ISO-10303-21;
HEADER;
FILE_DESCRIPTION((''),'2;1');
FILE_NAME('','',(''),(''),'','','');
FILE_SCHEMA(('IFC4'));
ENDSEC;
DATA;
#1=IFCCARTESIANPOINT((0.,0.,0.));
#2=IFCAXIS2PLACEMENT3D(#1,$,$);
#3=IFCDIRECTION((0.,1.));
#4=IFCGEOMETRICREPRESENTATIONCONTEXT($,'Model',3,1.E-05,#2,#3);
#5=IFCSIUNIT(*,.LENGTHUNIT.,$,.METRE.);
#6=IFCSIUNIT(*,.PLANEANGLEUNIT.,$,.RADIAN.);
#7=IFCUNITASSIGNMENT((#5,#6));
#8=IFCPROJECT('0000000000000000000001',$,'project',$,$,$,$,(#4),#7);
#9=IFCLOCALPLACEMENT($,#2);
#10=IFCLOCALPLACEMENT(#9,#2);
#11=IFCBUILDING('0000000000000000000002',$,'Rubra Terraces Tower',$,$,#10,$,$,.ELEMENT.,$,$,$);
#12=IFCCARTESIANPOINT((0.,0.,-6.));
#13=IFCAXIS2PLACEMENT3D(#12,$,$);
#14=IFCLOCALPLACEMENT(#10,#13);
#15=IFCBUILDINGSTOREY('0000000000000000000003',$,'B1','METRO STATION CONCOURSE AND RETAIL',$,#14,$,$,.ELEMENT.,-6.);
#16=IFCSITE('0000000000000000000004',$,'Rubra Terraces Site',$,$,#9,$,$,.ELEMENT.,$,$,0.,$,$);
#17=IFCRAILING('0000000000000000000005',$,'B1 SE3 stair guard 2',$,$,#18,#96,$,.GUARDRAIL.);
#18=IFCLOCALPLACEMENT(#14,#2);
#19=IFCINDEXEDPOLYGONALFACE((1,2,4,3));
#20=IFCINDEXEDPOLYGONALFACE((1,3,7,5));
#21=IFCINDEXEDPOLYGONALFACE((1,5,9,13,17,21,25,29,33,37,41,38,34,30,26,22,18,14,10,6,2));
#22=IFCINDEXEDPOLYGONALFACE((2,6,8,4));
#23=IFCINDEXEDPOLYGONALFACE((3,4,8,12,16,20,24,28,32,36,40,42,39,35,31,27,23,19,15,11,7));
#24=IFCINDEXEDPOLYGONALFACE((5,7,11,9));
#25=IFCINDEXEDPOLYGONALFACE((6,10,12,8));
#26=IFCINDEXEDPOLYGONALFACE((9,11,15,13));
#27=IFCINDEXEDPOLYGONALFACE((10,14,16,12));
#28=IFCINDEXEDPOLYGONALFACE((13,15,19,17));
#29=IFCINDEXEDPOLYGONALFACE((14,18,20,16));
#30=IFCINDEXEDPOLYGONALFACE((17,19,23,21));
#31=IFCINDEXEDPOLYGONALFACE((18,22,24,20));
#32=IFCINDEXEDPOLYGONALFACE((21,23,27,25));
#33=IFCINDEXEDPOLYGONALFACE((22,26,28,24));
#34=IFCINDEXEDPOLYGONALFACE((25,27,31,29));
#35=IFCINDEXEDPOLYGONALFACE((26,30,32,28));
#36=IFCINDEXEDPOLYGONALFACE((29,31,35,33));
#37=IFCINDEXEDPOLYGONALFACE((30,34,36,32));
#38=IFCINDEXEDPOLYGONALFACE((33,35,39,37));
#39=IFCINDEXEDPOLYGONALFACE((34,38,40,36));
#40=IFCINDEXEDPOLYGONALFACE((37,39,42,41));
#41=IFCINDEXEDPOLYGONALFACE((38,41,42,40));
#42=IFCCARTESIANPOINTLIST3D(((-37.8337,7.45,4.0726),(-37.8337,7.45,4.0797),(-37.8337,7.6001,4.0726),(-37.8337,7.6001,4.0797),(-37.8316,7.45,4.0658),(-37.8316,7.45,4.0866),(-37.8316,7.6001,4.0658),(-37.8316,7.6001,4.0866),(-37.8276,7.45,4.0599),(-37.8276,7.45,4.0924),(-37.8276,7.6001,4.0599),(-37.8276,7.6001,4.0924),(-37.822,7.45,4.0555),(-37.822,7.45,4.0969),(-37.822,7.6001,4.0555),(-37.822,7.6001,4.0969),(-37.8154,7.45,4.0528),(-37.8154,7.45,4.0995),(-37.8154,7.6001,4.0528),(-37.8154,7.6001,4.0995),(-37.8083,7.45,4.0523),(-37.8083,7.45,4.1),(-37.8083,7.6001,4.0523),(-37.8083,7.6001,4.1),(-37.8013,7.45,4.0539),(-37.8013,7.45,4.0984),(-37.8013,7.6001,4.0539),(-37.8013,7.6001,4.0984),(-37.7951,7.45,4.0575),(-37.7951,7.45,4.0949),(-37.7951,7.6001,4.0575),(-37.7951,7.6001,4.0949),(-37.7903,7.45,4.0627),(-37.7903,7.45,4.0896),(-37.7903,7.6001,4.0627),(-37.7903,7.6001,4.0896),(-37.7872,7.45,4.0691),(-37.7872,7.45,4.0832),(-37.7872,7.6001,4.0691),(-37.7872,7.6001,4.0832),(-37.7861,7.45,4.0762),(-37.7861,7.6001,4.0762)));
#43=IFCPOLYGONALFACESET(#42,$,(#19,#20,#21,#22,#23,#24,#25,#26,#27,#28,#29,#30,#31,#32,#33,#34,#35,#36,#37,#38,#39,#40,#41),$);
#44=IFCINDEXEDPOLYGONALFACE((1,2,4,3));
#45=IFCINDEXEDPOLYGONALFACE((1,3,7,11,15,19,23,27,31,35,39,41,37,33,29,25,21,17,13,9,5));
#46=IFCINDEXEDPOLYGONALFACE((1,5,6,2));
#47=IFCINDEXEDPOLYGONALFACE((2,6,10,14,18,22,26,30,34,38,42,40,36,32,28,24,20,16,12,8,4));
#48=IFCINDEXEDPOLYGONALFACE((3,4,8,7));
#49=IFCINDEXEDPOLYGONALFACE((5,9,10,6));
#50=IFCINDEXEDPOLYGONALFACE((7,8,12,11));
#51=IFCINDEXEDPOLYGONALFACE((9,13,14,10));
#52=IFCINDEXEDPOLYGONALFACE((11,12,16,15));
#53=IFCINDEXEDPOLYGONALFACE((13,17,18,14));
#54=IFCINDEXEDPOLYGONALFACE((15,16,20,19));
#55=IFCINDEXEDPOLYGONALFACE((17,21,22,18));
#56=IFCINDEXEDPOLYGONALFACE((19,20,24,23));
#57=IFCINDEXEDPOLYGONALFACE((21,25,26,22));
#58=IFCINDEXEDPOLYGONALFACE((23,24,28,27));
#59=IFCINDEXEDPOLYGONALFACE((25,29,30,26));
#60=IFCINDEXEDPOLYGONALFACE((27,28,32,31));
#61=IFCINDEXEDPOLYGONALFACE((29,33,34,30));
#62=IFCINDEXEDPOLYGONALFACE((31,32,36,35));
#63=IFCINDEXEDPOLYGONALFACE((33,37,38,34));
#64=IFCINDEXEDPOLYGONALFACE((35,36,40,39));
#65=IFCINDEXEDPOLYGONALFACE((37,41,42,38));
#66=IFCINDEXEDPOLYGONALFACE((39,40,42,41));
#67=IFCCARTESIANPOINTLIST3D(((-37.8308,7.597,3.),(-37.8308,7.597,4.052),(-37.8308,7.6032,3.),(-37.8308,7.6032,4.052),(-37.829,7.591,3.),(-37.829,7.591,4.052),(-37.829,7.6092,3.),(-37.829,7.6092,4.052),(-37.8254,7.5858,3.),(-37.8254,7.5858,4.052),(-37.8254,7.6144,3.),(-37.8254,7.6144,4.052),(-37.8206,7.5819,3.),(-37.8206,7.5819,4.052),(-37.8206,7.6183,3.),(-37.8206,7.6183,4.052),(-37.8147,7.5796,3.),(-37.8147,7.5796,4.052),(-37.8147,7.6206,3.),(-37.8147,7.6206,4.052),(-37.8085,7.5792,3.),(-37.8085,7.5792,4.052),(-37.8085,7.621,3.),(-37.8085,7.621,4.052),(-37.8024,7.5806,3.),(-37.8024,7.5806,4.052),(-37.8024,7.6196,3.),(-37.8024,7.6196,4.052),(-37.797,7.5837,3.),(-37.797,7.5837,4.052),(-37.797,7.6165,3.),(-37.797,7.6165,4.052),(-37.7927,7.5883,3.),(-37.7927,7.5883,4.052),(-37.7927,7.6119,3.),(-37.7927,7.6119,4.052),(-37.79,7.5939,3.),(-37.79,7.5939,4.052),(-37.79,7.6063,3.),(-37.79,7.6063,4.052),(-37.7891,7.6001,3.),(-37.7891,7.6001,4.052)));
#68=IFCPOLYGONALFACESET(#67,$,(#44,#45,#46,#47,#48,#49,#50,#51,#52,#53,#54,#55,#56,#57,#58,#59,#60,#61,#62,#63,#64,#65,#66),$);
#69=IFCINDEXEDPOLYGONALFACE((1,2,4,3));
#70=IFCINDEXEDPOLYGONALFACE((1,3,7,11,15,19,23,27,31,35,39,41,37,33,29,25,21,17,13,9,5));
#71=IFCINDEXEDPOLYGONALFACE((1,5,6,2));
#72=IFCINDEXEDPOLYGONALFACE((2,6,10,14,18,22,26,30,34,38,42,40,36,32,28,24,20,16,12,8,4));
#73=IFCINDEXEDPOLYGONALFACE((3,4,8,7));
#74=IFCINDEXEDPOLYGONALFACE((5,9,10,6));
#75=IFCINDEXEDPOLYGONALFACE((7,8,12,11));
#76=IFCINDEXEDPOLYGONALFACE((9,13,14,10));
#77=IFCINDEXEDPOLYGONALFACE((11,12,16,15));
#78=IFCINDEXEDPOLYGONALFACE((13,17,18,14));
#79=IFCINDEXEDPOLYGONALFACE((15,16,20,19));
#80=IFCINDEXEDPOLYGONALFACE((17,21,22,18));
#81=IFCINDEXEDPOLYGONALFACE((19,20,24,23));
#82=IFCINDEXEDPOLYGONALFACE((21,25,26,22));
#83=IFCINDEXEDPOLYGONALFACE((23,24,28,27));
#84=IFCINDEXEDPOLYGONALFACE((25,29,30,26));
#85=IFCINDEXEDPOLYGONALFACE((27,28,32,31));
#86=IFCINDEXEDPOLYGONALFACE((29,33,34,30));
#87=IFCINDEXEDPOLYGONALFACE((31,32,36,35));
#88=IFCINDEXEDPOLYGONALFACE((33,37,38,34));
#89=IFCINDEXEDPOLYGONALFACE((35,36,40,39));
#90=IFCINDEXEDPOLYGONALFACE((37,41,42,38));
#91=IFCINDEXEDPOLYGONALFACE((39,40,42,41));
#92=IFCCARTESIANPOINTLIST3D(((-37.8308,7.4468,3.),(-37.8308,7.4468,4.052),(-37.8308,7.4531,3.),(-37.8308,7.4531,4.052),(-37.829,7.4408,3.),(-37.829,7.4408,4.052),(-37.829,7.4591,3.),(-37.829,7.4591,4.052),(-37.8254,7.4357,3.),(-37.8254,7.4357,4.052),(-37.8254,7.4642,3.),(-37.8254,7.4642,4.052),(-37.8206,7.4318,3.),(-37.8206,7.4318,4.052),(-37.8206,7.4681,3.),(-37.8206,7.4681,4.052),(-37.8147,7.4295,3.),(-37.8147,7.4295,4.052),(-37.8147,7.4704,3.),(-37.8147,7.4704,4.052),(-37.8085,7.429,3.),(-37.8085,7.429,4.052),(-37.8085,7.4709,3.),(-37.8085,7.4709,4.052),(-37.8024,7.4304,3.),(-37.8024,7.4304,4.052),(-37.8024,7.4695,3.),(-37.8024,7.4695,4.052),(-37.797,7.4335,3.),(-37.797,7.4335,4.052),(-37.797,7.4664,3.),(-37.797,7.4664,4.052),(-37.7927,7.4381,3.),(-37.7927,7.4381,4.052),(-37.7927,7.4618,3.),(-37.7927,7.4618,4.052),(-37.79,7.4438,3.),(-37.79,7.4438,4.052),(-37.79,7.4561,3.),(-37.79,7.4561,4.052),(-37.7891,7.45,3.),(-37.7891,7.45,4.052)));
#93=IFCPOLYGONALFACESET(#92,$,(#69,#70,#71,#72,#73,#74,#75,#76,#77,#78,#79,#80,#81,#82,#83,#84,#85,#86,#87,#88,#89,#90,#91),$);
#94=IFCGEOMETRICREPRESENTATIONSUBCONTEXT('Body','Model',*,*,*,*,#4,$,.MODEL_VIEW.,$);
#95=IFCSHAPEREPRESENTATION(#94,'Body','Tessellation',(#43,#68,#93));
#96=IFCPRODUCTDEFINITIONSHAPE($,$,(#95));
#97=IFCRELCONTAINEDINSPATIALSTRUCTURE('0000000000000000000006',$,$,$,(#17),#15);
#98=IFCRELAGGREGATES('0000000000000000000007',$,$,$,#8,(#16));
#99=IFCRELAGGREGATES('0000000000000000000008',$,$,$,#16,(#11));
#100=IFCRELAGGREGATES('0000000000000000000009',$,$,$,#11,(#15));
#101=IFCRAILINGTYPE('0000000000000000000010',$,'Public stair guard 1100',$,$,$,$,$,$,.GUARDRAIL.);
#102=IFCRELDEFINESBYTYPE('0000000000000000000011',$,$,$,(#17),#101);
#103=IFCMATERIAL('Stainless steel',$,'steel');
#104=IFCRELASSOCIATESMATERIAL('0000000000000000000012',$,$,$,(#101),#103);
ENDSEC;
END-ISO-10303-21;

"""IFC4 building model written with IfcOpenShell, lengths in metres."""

from ifc_helpers import new_model, si_unit, direction, frame, origin, origin_2d, place, context, subcontext, project, spatial, circle, extrude, material, type_object, element, save


model = new_model("IFC4")

# Units and contexts
model_context = context("Model", 3, precision=1e-05, world=origin(), true_north=direction((0.0, 1.0)))
body_context = subcontext(model_context, "Body", "Model", "MODEL_VIEW")
ifc_project = project(units=[si_unit("LENGTHUNIT", "METRE"), si_unit("PLANEANGLEUNIT", "RADIAN")], contexts=[model_context])

# Site, building, storey
site_placement = place(None, origin())
site = spatial("IfcSite", under=ifc_project, at=site_placement, Name="Rubra Terraces Site", CompositionType="ELEMENT", RefElevation=0.0)
building_placement = place(site_placement, origin())
building = spatial("IfcBuilding", under=site, at=building_placement, Name="Rubra Terraces Tower", CompositionType="ELEMENT")
storey_placement = place(building_placement, frame((0.0, 0.0, -6.0)))
storey = spatial("IfcBuildingStorey", under=building, at=storey_placement, Name="B1", Description="METRO STATION CONCOURSE AND RETAIL", CompositionType="ELEMENT", Elevation=-6.0)

# Railing
ifc_material_1 = material(Name="Stainless steel", Category="steel")
railing_type_1 = type_object("IfcRailingType", Name="Public stair guard 1100", PredefinedType="GUARDRAIL", material=ifc_material_1)
railing_1_placement = place(storey_placement, frame((-37.8101, 7.6001, 3.0)))
element("IfcRailing", 1, at=railing_1_placement, inside=storey, type_object=railing_type_1, Name="B1 SE3 stair guard 2", PredefinedType="GUARDRAIL", context=body_context, shape_type="SweptSolid", body=[
    extrude(circle(Radius=0.0239, at=origin_2d()), frame((0.0, 0.0, 1.0762), z_axis=(0.0, -1.0, 0.0), x_axis=(1.0, 0.0, 0.0)), (0.0, 0.0, 1.0), 0.1501),
    extrude(circle(Radius=0.021, at=origin_2d()), origin(), (0.0, 0.0, 1.0), 1.052),
    extrude(circle(Radius=0.021, at=origin_2d()), frame((0.0, -0.1501, 0.0)), (0.0, 0.0, 1.0), 1.052),
])

save(model, "model.ifc")
